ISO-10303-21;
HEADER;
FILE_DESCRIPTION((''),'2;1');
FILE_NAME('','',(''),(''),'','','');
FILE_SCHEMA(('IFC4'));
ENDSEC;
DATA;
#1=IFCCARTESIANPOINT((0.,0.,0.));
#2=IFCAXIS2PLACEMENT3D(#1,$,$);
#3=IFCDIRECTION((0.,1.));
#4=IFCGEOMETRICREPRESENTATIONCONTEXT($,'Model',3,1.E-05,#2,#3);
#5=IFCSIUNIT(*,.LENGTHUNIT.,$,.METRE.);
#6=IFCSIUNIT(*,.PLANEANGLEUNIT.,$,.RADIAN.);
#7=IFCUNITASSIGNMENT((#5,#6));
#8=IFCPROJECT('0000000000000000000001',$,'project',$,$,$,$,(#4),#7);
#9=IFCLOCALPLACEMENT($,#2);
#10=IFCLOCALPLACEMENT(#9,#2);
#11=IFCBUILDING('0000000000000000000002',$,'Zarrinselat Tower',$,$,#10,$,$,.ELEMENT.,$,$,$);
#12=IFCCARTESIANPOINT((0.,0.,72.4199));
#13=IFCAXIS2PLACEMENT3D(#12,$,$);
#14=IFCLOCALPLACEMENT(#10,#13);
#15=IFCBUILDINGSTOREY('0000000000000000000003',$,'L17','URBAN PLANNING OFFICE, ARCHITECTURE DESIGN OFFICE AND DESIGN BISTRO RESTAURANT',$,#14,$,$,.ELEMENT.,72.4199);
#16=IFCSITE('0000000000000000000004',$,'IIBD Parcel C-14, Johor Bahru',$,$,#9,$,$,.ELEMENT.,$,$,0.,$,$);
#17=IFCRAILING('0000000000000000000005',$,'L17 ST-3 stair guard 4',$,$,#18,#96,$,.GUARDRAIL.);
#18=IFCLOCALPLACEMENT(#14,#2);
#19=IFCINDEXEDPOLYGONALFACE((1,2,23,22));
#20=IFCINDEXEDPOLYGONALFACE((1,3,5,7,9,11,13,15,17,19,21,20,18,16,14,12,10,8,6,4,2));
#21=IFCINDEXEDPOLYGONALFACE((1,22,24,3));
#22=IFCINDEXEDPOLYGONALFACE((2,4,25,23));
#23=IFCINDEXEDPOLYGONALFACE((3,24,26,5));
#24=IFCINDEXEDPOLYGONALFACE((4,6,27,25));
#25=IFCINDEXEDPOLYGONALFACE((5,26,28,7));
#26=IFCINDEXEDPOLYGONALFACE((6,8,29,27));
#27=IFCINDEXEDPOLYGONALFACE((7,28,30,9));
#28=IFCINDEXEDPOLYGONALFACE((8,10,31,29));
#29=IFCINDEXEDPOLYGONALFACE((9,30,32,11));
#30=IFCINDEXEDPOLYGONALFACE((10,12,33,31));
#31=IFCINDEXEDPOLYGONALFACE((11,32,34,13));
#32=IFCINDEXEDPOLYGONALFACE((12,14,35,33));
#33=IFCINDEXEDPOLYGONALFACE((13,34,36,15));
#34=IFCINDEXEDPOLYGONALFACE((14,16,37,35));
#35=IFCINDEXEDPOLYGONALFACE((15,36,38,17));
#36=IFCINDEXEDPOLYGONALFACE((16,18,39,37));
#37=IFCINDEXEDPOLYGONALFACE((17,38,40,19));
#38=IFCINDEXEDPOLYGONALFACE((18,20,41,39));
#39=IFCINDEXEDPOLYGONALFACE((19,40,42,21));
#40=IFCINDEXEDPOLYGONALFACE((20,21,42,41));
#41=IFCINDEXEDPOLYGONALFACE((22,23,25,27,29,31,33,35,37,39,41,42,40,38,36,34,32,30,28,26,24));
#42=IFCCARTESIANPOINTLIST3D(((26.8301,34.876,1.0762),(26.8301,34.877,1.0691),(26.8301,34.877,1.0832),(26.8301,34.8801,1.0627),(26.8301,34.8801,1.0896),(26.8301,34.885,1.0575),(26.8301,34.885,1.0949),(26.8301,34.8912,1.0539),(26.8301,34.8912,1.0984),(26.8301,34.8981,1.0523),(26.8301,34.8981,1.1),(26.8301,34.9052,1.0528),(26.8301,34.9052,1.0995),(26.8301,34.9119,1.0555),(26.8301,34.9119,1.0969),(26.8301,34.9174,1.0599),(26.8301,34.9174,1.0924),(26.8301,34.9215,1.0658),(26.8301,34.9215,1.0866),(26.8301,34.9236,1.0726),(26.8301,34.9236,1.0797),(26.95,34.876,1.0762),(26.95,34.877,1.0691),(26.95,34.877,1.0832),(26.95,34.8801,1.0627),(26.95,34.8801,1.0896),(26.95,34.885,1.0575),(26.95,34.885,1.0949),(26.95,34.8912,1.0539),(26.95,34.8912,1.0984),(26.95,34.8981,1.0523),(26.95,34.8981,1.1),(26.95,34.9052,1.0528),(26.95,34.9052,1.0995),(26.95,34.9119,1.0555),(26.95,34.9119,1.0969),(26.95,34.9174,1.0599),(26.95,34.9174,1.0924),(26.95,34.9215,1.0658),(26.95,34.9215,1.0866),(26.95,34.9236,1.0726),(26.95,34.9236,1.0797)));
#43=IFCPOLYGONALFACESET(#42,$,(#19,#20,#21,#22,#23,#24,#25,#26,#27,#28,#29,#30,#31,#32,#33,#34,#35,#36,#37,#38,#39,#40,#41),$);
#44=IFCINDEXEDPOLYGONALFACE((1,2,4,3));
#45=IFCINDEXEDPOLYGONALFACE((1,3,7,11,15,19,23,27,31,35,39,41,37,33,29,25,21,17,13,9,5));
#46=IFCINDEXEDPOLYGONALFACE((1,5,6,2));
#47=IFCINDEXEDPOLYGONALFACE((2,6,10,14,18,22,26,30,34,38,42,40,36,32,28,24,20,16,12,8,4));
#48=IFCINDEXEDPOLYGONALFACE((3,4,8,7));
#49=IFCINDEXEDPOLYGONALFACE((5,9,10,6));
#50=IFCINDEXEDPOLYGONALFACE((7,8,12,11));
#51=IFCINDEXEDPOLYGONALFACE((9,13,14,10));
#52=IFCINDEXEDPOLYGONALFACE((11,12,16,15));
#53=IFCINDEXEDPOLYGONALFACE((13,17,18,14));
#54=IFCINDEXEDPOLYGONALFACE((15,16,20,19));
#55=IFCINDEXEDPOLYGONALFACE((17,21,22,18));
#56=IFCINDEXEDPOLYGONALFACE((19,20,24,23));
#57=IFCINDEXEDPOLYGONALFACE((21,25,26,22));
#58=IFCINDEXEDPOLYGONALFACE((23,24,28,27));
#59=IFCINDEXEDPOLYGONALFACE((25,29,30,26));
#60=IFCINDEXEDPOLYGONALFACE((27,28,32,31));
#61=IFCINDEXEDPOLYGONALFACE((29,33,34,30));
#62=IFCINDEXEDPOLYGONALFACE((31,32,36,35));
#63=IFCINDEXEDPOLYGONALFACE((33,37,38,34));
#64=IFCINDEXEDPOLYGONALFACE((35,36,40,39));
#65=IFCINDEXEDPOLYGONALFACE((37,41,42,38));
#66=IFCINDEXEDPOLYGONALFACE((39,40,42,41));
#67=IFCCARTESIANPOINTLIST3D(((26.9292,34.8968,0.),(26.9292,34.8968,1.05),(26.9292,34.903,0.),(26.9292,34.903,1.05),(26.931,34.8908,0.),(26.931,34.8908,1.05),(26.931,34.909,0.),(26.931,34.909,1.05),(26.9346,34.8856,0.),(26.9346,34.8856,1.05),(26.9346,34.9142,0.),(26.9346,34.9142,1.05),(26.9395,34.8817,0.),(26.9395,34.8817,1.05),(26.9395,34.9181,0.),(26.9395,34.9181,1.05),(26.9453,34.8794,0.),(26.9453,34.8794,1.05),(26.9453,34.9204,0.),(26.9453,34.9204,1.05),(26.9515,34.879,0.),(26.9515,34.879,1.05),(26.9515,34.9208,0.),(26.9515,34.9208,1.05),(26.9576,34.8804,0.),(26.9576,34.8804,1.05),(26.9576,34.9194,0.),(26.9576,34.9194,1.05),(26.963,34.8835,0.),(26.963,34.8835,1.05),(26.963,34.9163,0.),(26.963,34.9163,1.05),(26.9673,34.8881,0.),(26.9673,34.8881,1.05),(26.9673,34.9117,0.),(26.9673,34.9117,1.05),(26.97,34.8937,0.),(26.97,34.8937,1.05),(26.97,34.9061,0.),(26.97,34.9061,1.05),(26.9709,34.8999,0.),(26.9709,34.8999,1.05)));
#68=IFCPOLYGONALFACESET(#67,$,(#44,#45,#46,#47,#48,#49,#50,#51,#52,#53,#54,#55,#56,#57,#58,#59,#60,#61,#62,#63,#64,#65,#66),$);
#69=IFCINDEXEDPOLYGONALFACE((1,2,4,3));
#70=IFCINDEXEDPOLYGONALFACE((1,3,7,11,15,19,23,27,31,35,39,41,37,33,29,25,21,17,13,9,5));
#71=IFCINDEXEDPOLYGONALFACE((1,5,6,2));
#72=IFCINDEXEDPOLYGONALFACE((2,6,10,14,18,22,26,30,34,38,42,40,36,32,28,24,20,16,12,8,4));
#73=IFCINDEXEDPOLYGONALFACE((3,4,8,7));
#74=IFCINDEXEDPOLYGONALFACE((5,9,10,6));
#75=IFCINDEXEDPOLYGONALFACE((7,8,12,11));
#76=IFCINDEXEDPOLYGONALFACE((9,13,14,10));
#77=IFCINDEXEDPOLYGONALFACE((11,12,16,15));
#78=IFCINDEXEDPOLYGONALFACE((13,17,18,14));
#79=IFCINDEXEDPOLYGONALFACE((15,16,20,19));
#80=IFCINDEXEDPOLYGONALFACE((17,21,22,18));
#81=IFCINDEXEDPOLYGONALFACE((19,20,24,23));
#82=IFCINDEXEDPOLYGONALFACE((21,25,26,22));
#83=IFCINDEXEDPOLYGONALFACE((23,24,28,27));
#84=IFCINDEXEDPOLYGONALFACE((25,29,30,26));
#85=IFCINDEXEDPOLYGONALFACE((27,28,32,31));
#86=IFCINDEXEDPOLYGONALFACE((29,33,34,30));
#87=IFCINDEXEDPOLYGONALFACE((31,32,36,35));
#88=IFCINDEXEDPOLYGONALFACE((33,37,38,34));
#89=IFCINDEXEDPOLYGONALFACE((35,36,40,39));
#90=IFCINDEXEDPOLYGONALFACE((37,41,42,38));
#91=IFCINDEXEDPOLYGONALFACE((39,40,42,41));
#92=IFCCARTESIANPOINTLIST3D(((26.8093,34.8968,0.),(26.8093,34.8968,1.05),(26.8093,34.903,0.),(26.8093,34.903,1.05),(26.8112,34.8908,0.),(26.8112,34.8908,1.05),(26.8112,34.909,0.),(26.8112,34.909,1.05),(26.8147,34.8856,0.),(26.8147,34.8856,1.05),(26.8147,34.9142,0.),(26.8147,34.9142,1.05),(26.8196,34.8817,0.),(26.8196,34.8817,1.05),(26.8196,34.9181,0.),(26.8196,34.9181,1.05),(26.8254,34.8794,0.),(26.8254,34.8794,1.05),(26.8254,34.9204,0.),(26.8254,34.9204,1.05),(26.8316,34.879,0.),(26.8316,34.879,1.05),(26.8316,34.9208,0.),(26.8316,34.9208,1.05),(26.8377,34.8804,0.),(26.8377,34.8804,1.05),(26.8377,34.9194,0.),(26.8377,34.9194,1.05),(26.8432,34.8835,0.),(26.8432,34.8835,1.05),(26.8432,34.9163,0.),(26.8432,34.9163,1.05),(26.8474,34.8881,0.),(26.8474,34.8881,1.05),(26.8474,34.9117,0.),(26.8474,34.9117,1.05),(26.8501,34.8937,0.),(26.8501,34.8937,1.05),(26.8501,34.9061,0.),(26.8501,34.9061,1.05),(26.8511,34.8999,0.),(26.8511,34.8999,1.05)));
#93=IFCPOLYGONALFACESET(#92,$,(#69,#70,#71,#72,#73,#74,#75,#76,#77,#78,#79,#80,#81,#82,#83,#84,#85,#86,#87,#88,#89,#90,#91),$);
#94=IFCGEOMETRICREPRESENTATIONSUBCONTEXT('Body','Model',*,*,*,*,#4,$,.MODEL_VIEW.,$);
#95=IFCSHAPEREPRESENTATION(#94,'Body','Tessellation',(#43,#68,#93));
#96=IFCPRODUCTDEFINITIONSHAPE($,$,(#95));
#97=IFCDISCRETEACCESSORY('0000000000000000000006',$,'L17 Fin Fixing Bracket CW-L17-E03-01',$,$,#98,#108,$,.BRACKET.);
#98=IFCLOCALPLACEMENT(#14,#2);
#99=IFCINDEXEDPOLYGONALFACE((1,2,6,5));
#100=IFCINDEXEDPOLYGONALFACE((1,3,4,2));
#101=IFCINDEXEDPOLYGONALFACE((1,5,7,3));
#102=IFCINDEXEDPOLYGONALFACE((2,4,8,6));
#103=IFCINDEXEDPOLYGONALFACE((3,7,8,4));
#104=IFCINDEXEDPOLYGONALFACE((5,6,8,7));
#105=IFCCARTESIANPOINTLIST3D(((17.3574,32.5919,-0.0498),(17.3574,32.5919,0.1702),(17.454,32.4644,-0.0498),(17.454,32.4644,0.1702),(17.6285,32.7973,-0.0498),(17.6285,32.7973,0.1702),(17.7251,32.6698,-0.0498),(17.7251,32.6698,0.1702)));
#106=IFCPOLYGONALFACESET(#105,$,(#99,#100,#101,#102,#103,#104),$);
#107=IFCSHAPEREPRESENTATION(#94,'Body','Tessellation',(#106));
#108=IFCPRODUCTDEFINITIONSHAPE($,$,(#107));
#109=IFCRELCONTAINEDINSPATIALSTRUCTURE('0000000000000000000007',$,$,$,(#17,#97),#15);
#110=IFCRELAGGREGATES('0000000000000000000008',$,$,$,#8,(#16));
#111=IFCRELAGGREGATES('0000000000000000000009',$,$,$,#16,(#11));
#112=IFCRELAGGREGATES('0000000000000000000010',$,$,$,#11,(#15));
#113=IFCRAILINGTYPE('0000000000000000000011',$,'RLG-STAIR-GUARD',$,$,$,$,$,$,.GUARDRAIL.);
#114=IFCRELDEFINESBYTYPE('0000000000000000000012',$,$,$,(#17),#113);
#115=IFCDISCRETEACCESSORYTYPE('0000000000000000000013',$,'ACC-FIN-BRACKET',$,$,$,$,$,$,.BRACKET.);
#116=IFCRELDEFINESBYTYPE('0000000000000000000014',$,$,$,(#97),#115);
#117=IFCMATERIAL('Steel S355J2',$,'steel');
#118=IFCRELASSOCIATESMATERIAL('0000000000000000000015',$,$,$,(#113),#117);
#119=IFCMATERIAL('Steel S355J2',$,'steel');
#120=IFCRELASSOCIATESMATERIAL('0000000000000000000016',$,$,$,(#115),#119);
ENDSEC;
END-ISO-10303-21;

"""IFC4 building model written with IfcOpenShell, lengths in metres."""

from ifc_helpers import new_model, si_unit, direction, frame, origin, origin_2d, place, context, subcontext, project, spatial, rectangle, circle, extrude, material, type_object, element, save


model = new_model("IFC4")

# Units and contexts
model_context = context("Model", 3, precision=1e-05, world=origin(), true_north=direction((0.0, 1.0)))
body_context = subcontext(model_context, "Body", "Model", "MODEL_VIEW")
ifc_project = project(units=[si_unit("LENGTHUNIT", "METRE"), si_unit("PLANEANGLEUNIT", "RADIAN")], contexts=[model_context])

# Site, building, storey
site_placement = place(None, origin())
site = spatial("IfcSite", under=ifc_project, at=site_placement, Name="IIBD Parcel C-14, Johor Bahru", CompositionType="ELEMENT", RefElevation=0.0)
building_placement = place(site_placement, origin())
building = spatial("IfcBuilding", under=site, at=building_placement, Name="Zarrinselat Tower", CompositionType="ELEMENT")
storey_placement = place(building_placement, frame((0.0, 0.0, 72.4199)))
storey = spatial("IfcBuildingStorey", under=building, at=storey_placement, Name="L17", Description="URBAN PLANNING OFFICE, ARCHITECTURE DESIGN OFFICE AND DESIGN BISTRO RESTAURANT", CompositionType="ELEMENT", Elevation=72.4199)

# Railing
ifc_material_1 = material(Name="Steel S355J2", Category="steel")
railing_type = type_object("IfcRailingType", Name="RLG-STAIR-GUARD", PredefinedType="GUARDRAIL", material=ifc_material_1)
railing_1_placement = place(storey_placement, frame((26.95, 34.8999, 0.0)))
element("IfcRailing", 1, at=railing_1_placement, inside=storey, type_object=railing_type, Name="L17 ST-3 stair guard 4", PredefinedType="GUARDRAIL", context=body_context, shape_type="SweptSolid", body=[
    extrude(circle(Radius=0.0239, at=origin_2d()), frame((0.0, 0.0, 1.0762), z_axis=(-1.0, 0.0, 0.0), x_axis=(0.0, -1.0, 0.0)), (0.0, 0.0, 1.0), 0.1199),
    extrude(circle(Radius=0.021, at=origin_2d()), origin(), (0.0, 0.0, 1.0), 1.05),
    extrude(circle(Radius=0.021, at=origin_2d()), frame((-0.1199, 0.0, 0.0)), (0.0, 0.0, 1.0), 1.05),
])

# Discrete accessory
ifc_material_2 = material(Name="Steel S355J2", Category="steel")
discrete_accessory_type = type_object("IfcDiscreteAccessoryType", Name="ACC-FIN-BRACKET", PredefinedType="BRACKET", material=ifc_material_2)
discrete_accessory_placement = place(storey_placement, frame((17.5413, 32.6309, -0.0498), z_axis=(0.0, 0.0, 1.0), x_axis=(-0.797094, -0.603855, 0.0)))
element("IfcDiscreteAccessory", 2, at=discrete_accessory_placement, inside=storey, type_object=discrete_accessory_type, Name="L17 Fin Fixing Bracket CW-L17-E03-01", PredefinedType="BRACKET", context=body_context, shape_type="SweptSolid", body=[
    extrude(rectangle(XDim=0.3401, YDim=0.1599, at=origin_2d()), origin(), (0.0, 0.0, 1.0), 0.22),
])

save(model, "model.ifc")
